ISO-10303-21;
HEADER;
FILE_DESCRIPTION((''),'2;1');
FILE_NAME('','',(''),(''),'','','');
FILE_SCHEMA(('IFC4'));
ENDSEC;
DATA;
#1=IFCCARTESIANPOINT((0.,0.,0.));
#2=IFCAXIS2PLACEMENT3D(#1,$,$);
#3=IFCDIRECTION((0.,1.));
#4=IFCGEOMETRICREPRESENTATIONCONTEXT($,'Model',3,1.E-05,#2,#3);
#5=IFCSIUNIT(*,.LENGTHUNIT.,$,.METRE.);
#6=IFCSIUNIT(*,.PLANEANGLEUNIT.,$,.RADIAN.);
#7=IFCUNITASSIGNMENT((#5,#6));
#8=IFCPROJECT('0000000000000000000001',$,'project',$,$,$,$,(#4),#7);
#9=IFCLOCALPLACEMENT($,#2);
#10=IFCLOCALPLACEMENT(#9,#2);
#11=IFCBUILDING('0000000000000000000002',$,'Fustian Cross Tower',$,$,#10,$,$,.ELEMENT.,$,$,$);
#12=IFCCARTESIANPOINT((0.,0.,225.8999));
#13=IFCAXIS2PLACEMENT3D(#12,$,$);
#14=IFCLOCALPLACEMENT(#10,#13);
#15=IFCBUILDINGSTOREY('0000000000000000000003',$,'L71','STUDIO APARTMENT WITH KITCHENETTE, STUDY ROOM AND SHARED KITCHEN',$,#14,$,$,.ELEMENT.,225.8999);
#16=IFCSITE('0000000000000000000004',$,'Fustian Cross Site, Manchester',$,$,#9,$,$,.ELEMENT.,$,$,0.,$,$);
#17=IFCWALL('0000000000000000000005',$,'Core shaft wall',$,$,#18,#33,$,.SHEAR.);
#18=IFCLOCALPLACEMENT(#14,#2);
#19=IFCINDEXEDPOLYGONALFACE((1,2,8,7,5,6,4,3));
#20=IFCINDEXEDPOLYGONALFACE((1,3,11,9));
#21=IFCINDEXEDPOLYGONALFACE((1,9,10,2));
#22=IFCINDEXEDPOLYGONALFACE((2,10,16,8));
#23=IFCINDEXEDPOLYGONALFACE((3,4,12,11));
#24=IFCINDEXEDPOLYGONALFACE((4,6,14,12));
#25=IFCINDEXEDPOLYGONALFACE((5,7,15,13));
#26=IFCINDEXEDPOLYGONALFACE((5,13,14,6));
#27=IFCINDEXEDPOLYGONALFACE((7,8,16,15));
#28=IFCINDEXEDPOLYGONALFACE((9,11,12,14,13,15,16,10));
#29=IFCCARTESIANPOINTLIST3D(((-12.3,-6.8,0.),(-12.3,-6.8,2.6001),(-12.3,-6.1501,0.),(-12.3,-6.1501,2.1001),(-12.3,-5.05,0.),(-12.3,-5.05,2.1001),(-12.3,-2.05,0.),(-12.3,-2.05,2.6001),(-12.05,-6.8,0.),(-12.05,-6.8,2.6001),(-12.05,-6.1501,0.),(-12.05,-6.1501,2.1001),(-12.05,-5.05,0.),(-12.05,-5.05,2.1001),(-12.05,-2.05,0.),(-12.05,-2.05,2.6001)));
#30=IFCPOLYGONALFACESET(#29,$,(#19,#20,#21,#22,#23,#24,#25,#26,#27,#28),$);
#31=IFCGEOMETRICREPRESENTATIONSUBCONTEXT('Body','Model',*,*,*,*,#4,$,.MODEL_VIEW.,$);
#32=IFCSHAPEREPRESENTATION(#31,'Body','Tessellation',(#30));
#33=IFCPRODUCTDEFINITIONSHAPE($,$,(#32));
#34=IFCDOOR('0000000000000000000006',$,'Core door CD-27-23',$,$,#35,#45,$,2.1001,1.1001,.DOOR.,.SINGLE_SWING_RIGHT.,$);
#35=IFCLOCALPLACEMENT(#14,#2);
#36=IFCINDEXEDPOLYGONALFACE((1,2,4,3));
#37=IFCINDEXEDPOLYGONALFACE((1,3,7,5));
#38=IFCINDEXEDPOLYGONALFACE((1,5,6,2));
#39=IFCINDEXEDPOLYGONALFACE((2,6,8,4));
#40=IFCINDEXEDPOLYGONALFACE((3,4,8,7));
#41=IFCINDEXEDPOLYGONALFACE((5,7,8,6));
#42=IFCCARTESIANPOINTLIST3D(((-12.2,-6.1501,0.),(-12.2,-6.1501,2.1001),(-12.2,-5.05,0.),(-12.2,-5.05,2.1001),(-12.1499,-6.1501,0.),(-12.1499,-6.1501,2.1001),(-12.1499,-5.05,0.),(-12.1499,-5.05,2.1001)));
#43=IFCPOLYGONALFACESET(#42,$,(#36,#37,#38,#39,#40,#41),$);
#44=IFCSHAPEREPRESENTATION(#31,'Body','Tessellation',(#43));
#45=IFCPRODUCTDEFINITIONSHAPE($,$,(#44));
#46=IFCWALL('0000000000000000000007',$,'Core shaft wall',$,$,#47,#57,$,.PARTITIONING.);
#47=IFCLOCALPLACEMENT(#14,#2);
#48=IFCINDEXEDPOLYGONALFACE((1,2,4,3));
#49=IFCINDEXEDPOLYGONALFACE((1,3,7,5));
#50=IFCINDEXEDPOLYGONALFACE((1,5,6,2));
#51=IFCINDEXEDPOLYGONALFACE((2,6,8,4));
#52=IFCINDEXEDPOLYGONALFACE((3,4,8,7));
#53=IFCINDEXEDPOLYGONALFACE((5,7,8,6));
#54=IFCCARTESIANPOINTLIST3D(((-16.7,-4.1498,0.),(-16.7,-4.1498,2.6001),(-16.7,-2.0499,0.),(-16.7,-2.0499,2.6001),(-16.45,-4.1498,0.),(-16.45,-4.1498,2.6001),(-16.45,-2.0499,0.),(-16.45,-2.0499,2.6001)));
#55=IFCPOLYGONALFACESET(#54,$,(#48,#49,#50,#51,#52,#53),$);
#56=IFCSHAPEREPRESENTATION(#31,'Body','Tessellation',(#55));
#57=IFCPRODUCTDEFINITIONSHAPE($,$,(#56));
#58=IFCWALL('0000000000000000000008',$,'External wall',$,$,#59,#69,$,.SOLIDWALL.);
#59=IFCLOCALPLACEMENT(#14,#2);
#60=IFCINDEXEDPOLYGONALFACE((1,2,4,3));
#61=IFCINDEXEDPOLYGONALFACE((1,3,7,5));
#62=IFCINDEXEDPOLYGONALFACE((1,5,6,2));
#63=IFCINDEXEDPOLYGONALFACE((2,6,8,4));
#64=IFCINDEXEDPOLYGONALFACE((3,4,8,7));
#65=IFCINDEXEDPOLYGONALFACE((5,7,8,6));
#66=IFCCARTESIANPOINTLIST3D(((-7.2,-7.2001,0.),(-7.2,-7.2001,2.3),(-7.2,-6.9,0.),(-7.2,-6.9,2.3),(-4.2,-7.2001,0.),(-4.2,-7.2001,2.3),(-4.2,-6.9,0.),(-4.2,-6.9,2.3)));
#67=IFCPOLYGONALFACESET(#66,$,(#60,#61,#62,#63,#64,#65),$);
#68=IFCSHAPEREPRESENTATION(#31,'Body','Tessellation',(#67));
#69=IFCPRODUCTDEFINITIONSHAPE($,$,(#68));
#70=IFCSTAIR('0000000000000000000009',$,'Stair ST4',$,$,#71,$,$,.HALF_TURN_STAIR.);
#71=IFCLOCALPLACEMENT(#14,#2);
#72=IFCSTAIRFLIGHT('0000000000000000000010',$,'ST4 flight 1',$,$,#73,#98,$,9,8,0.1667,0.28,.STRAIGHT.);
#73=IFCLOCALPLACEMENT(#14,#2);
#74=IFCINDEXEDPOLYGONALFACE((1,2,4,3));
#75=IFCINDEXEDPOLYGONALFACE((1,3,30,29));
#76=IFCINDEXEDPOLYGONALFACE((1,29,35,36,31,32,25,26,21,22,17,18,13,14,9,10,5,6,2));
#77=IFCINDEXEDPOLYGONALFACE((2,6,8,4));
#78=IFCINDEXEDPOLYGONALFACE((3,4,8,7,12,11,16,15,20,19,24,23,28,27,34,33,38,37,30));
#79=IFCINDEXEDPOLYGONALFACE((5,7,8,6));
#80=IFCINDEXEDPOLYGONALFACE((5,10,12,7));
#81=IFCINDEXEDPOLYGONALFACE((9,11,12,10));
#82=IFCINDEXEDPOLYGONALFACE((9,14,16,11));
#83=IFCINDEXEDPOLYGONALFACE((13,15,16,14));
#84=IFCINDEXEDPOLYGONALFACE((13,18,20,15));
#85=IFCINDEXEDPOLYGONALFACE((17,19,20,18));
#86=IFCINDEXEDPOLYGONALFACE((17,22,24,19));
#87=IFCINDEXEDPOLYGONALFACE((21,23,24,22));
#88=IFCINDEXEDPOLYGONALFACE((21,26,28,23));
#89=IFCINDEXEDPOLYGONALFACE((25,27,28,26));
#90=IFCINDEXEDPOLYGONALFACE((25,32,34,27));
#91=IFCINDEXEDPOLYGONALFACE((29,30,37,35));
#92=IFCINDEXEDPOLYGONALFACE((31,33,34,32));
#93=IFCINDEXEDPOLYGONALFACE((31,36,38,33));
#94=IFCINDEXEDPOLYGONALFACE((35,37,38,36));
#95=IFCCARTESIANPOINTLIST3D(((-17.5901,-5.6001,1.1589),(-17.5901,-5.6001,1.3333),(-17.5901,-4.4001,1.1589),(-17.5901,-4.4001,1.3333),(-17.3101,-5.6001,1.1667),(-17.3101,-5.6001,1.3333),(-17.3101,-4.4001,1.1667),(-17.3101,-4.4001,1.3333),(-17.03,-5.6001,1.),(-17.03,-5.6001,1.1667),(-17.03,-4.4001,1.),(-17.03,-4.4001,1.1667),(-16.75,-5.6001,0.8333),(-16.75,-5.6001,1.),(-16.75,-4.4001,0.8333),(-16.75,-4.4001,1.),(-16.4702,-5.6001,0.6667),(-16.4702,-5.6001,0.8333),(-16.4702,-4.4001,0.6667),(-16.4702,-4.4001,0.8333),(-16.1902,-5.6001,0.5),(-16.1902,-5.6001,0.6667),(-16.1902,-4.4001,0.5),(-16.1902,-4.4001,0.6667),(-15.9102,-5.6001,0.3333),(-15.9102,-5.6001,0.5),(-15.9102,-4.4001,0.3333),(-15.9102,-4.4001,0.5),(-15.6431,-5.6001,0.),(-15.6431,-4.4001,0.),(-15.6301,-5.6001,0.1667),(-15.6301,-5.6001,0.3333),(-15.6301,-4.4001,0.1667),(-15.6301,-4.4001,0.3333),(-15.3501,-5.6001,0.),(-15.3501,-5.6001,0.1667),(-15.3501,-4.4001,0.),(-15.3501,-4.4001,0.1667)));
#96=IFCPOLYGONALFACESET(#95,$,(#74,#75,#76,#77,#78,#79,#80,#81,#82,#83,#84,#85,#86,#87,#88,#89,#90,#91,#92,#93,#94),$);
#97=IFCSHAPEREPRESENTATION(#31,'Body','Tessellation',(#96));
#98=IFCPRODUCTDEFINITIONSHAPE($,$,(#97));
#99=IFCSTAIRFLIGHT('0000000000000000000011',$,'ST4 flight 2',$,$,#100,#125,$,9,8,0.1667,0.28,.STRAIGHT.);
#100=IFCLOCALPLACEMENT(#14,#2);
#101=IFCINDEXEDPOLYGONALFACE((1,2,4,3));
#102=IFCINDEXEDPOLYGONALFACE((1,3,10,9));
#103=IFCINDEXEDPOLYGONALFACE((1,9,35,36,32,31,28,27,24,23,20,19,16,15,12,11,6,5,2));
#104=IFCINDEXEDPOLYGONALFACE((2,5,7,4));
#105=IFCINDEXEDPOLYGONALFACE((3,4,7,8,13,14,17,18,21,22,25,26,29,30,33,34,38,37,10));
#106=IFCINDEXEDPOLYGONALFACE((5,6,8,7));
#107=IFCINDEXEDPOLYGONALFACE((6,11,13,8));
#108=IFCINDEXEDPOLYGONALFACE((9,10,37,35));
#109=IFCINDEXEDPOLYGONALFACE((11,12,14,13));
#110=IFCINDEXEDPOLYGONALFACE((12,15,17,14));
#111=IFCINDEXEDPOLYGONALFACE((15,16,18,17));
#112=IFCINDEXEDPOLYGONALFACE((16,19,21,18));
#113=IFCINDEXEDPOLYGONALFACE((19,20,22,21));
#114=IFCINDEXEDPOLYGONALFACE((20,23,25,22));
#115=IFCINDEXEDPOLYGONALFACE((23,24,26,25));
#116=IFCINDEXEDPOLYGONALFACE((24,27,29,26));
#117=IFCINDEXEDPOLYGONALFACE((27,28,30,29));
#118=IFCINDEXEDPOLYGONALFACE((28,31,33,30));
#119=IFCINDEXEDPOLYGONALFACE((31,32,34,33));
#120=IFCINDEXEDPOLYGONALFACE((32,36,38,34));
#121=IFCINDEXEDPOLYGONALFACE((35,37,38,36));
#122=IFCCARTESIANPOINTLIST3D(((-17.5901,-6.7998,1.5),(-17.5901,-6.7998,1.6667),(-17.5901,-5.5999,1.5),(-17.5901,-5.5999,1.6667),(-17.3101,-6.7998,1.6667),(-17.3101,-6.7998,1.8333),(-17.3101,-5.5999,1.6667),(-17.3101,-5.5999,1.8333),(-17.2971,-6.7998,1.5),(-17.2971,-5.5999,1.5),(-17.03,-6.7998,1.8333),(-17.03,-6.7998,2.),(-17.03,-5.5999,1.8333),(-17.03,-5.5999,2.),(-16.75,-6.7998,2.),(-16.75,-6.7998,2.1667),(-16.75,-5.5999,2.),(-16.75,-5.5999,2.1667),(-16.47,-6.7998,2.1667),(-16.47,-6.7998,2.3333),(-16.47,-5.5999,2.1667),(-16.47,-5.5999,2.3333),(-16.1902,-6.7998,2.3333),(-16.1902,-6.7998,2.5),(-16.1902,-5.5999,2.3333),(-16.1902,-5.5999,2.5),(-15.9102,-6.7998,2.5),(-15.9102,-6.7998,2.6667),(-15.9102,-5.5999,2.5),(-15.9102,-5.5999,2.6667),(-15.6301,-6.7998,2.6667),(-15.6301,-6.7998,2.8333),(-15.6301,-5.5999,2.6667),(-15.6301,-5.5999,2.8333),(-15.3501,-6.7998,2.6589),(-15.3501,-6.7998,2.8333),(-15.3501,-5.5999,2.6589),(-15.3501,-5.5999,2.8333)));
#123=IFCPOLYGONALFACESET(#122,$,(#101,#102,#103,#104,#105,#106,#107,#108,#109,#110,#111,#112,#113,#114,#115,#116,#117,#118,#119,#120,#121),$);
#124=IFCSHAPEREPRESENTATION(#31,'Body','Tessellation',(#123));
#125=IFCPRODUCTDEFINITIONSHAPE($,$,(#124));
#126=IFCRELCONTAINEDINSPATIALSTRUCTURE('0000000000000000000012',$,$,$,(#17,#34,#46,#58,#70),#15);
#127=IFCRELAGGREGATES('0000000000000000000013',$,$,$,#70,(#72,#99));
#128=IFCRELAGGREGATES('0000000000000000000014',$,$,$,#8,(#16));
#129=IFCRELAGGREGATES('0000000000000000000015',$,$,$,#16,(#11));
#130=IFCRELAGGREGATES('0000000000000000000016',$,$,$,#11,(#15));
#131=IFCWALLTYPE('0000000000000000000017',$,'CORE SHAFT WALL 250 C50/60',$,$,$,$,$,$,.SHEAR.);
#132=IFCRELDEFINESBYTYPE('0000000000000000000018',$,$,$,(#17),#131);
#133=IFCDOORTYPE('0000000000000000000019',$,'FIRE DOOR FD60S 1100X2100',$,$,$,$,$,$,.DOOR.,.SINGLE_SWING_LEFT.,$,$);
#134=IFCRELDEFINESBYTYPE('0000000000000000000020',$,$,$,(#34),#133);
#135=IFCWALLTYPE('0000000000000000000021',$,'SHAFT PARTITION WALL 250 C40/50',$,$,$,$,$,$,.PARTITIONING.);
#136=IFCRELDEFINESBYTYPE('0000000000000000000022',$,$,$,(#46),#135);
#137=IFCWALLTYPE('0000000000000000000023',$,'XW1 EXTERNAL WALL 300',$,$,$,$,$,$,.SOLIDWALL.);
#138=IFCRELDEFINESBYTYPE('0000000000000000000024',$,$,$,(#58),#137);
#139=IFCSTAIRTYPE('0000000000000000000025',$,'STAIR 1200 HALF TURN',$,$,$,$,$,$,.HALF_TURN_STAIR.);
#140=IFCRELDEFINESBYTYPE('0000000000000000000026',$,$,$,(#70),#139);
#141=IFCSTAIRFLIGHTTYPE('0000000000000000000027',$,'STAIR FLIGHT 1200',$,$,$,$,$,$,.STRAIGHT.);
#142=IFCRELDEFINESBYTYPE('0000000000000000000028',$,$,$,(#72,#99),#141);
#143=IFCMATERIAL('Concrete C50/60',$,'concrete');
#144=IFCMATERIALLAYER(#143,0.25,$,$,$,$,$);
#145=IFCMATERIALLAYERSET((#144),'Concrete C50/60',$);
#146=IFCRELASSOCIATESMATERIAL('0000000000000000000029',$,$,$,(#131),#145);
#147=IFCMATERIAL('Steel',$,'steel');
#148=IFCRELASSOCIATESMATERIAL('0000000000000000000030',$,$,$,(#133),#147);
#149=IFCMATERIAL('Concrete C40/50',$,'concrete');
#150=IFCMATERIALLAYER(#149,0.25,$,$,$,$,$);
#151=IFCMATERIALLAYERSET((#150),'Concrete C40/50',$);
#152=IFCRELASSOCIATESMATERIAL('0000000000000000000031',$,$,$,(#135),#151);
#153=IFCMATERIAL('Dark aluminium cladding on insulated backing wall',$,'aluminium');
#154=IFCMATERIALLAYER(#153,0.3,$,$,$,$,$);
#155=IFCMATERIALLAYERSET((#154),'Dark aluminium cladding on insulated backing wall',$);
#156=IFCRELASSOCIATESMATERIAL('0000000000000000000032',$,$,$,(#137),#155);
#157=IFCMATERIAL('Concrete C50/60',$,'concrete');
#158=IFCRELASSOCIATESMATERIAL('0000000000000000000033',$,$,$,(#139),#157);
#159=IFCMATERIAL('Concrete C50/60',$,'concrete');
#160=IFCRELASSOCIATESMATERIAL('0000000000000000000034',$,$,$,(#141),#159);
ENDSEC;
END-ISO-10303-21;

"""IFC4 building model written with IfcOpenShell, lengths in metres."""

from ifc_helpers import new_model, si_unit, direction, frame, frame_2d, origin, place, context, subcontext, project, spatial, polyline, rectangle, outline, extrude, material, layer, layer_set, type_object, element, fill, aggregate, save


model = new_model("IFC4")

# Units and contexts
model_context = context("Model", 3, precision=1e-05, world=origin(), true_north=direction((0.0, 1.0)))
body_context = subcontext(model_context, "Body", "Model", "MODEL_VIEW")
ifc_project = project(units=[si_unit("LENGTHUNIT", "METRE"), si_unit("PLANEANGLEUNIT", "RADIAN")], contexts=[model_context])

# Site, building, storey
site_placement = place(None, origin())
site = spatial("IfcSite", under=ifc_project, at=site_placement, Name="Fustian Cross Site, Manchester", CompositionType="ELEMENT", RefElevation=0.0)
building_placement = place(site_placement, origin())
building = spatial("IfcBuilding", under=site, at=building_placement, Name="Fustian Cross Tower", CompositionType="ELEMENT")
storey_placement = place(building_placement, frame((0.0, 0.0, 225.8999)))
storey = spatial("IfcBuildingStorey", under=building, at=storey_placement, Name="L71", Description="STUDIO APARTMENT WITH KITCHENETTE, STUDY ROOM AND SHARED KITCHEN", CompositionType="ELEMENT", Elevation=225.8999)

# Shared definitions
ifc_material_1 = material(Name="Concrete C50/60", Category="concrete")
ifc_layer_1 = layer(ifc_material_1, 0.25)
ifc_layer_set_1 = layer_set([ifc_layer_1], Name="Concrete C50/60")
wall_type_1 = type_object("IfcWallType", Name="CORE SHAFT WALL 250 C50/60", PredefinedType="SHEAR", material=ifc_layer_set_1)

# Wall, opening, door
wall_1_placement = place(storey_placement, frame((-12.175, -2.05, 0.0), z_axis=(0.0, 0.0, 1.0), x_axis=(0.0, -1.0, 0.0)))
wall_1 = element("IfcWall", 1, at=wall_1_placement, inside=storey, type_object=wall_type_1, Name="Core shaft wall", PredefinedType="SHEAR", context=body_context, shape_type="SweptSolid", body=[
    extrude(rectangle(XDim=4.75, YDim=0.25, at=frame_2d((2.375, 0.0))), origin(), (0.0, 0.0, 1.0), 2.6001),
])
opening_1_placement = place(wall_1_placement, frame((3.0, 0.0, 0.0)))
opening_1 = element("IfcOpeningElement", 2, at=opening_1_placement, cuts=wall_1, PredefinedType="OPENING", context=body_context, shape_type="SweptSolid", body=[
    extrude(rectangle(XDim=1.1001, YDim=2.1001, at=frame_2d((0.55, 1.05))), frame((0.0, 0.135, 0.0), z_axis=(0.0, -1.0, 0.0), x_axis=(1.0, 0.0, 0.0)), (0.0, 0.0, 1.0), 0.27),
])
ifc_material_2 = material(Name="Steel", Category="steel")
door_type_1 = type_object("IfcDoorType", Name="FIRE DOOR FD60S 1100X2100", OperationType="SINGLE_SWING_LEFT", PredefinedType="DOOR", material=ifc_material_2)
door_1_placement = place(opening_1_placement, frame((1.1001, 0.0, 0.0), z_axis=(0.0, 0.0, 1.0), x_axis=(-1.0, 0.0, 0.0)))
door_1 = element("IfcDoor", 3, at=door_1_placement, inside=storey, type_object=door_type_1, Name="Core door CD-27-23", OperationType="SINGLE_SWING_RIGHT", OverallHeight=2.1001, OverallWidth=1.1001, PredefinedType="DOOR", context=body_context, shape_type="SweptSolid", body=[
    extrude(rectangle(XDim=1.1001, YDim=2.1001, at=frame_2d((0.55, 1.05))), frame((0.0, 0.0249, 0.0), z_axis=(0.0, -1.0, 0.0), x_axis=(1.0, 0.0, 0.0)), (0.0, 0.0, 1.0), 0.05),
])
fill(opening_1, door_1)

# Walls
ifc_material_3 = material(Name="Concrete C40/50", Category="concrete")
ifc_layer_2 = layer(ifc_material_3, 0.25)
ifc_layer_set_2 = layer_set([ifc_layer_2], Name="Concrete C40/50")
wall_type_2 = type_object("IfcWallType", Name="SHAFT PARTITION WALL 250 C40/50", PredefinedType="PARTITIONING", material=ifc_layer_set_2)
wall_2_placement = place(storey_placement, frame((-16.575, -2.05, 0.0), z_axis=(0.0, 0.0, 1.0), x_axis=(0.0, -1.0, 0.0)))
element("IfcWall", 4, at=wall_2_placement, inside=storey, type_object=wall_type_2, Name="Core shaft wall", PredefinedType="PARTITIONING", context=body_context, shape_type="SweptSolid", body=[
    extrude(rectangle(XDim=2.0999, YDim=0.25, at=frame_2d((1.0498, 0.0))), origin(), (0.0, 0.0, 1.0), 2.6001),
])
ifc_material_4 = material(Name="Dark aluminium cladding on insulated backing wall", Category="aluminium")
ifc_layer_3 = layer(ifc_material_4, 0.3)
ifc_layer_set_3 = layer_set([ifc_layer_3], Name="Dark aluminium cladding on insulated backing wall")
wall_type_3 = type_object("IfcWallType", Name="XW1 EXTERNAL WALL 300", PredefinedType="SOLIDWALL", material=ifc_layer_set_3)
wall_3_placement = place(storey_placement, frame((-7.2, -7.05, 0.0), z_axis=(0.0, 0.0, 1.0), x_axis=(1.0, 0.0, 0.0)))
element("IfcWall", 5, at=wall_3_placement, inside=storey, type_object=wall_type_3, Name="External wall", PredefinedType="SOLIDWALL", context=body_context, shape_type="SweptSolid", body=[
    extrude(rectangle(XDim=3.0, YDim=0.3, at=frame_2d((1.5, 0.0))), origin(), (0.0, 0.0, 1.0), 2.3),
])

# Stair, stair flights
ifc_material_5 = material(Name="Concrete C50/60", Category="concrete")
stair_type = type_object("IfcStairType", Name="STAIR 1200 HALF TURN", PredefinedType="HALF_TURN_STAIR", material=ifc_material_5)
stair_placement = place(storey_placement, origin())
stair = element("IfcStair", 6, at=stair_placement, inside=storey, type_object=stair_type, Name="Stair ST4", PredefinedType="HALF_TURN_STAIR")
ifc_material_6 = material(Name="Concrete C50/60", Category="concrete")
stair_flight_type = type_object("IfcStairFlightType", Name="STAIR FLIGHT 1200", PredefinedType="STRAIGHT", material=ifc_material_6)
stair_flight_1_placement = place(storey_placement, frame((-15.3501, -5.0, 0.0), z_axis=(0.0, 0.0, 1.0), x_axis=(-1.0, 0.0, 0.0)))
stair_flight_1 = element("IfcStairFlight", 7, at=stair_flight_1_placement, type_object=stair_flight_type, Name="ST4 flight 1", NumberOfRisers=9, NumberOfTreads=8, PredefinedType="STRAIGHT", RiserHeight=0.1667, TreadLength=0.28, context=body_context, shape_type="SweptSolid", body=[
    extrude(outline(polyline([(0.0, 0.0), (0.0, 0.1667), (0.28, 0.1667), (0.28, 0.3333), (0.5601, 0.3333), (0.5601, 0.5), (0.8401, 0.5), (0.8401, 0.6667), (1.1201, 0.6667), (1.1201, 0.8333), (1.3999, 0.8333), (1.3999, 1.0), (1.6799, 1.0), (1.6799, 1.1667), (1.96, 1.1667), (1.96, 1.3333), (2.24, 1.3333), (2.24, 1.5), (2.24, 1.1589), (0.293, 0.0), (0.0, 0.0)])), frame((0.0, 0.6001, 0.0), z_axis=(0.0, -1.0, 0.0), x_axis=(1.0, 0.0, 0.0)), (0.0, 0.0, 1.0), 1.2),
])
stair_flight_2_placement = place(storey_placement, frame((-17.5901, -6.2, 1.5), z_axis=(0.0, 0.0, 1.0), x_axis=(1.0, 0.0, 0.0)))
stair_flight_2 = element("IfcStairFlight", 8, at=stair_flight_2_placement, type_object=stair_flight_type, Name="ST4 flight 2", NumberOfRisers=9, NumberOfTreads=8, PredefinedType="STRAIGHT", RiserHeight=0.1667, TreadLength=0.28, context=body_context, shape_type="SweptSolid", body=[
    extrude(outline(polyline([(0.0, 0.0), (0.0, 0.1667), (0.28, 0.1667), (0.28, 0.3333), (0.5601, 0.3333), (0.5601, 0.5), (0.8401, 0.5), (0.8401, 0.6667), (1.1201, 0.6667), (1.1201, 0.8333), (1.3999, 0.8333), (1.3999, 1.0), (1.6799, 1.0), (1.6799, 1.1667), (1.96, 1.1667), (1.96, 1.3333), (2.24, 1.3333), (2.24, 1.5), (2.24, 1.1589), (0.293, 0.0), (0.0, 0.0)])), frame((0.0, 0.6001, 0.0), z_axis=(0.0, -1.0, 0.0), x_axis=(1.0, 0.0, 0.0)), (0.0, 0.0, 1.0), 1.2),
])
aggregate(stair, [stair_flight_1, stair_flight_2])

save(model, "model.ifc")
